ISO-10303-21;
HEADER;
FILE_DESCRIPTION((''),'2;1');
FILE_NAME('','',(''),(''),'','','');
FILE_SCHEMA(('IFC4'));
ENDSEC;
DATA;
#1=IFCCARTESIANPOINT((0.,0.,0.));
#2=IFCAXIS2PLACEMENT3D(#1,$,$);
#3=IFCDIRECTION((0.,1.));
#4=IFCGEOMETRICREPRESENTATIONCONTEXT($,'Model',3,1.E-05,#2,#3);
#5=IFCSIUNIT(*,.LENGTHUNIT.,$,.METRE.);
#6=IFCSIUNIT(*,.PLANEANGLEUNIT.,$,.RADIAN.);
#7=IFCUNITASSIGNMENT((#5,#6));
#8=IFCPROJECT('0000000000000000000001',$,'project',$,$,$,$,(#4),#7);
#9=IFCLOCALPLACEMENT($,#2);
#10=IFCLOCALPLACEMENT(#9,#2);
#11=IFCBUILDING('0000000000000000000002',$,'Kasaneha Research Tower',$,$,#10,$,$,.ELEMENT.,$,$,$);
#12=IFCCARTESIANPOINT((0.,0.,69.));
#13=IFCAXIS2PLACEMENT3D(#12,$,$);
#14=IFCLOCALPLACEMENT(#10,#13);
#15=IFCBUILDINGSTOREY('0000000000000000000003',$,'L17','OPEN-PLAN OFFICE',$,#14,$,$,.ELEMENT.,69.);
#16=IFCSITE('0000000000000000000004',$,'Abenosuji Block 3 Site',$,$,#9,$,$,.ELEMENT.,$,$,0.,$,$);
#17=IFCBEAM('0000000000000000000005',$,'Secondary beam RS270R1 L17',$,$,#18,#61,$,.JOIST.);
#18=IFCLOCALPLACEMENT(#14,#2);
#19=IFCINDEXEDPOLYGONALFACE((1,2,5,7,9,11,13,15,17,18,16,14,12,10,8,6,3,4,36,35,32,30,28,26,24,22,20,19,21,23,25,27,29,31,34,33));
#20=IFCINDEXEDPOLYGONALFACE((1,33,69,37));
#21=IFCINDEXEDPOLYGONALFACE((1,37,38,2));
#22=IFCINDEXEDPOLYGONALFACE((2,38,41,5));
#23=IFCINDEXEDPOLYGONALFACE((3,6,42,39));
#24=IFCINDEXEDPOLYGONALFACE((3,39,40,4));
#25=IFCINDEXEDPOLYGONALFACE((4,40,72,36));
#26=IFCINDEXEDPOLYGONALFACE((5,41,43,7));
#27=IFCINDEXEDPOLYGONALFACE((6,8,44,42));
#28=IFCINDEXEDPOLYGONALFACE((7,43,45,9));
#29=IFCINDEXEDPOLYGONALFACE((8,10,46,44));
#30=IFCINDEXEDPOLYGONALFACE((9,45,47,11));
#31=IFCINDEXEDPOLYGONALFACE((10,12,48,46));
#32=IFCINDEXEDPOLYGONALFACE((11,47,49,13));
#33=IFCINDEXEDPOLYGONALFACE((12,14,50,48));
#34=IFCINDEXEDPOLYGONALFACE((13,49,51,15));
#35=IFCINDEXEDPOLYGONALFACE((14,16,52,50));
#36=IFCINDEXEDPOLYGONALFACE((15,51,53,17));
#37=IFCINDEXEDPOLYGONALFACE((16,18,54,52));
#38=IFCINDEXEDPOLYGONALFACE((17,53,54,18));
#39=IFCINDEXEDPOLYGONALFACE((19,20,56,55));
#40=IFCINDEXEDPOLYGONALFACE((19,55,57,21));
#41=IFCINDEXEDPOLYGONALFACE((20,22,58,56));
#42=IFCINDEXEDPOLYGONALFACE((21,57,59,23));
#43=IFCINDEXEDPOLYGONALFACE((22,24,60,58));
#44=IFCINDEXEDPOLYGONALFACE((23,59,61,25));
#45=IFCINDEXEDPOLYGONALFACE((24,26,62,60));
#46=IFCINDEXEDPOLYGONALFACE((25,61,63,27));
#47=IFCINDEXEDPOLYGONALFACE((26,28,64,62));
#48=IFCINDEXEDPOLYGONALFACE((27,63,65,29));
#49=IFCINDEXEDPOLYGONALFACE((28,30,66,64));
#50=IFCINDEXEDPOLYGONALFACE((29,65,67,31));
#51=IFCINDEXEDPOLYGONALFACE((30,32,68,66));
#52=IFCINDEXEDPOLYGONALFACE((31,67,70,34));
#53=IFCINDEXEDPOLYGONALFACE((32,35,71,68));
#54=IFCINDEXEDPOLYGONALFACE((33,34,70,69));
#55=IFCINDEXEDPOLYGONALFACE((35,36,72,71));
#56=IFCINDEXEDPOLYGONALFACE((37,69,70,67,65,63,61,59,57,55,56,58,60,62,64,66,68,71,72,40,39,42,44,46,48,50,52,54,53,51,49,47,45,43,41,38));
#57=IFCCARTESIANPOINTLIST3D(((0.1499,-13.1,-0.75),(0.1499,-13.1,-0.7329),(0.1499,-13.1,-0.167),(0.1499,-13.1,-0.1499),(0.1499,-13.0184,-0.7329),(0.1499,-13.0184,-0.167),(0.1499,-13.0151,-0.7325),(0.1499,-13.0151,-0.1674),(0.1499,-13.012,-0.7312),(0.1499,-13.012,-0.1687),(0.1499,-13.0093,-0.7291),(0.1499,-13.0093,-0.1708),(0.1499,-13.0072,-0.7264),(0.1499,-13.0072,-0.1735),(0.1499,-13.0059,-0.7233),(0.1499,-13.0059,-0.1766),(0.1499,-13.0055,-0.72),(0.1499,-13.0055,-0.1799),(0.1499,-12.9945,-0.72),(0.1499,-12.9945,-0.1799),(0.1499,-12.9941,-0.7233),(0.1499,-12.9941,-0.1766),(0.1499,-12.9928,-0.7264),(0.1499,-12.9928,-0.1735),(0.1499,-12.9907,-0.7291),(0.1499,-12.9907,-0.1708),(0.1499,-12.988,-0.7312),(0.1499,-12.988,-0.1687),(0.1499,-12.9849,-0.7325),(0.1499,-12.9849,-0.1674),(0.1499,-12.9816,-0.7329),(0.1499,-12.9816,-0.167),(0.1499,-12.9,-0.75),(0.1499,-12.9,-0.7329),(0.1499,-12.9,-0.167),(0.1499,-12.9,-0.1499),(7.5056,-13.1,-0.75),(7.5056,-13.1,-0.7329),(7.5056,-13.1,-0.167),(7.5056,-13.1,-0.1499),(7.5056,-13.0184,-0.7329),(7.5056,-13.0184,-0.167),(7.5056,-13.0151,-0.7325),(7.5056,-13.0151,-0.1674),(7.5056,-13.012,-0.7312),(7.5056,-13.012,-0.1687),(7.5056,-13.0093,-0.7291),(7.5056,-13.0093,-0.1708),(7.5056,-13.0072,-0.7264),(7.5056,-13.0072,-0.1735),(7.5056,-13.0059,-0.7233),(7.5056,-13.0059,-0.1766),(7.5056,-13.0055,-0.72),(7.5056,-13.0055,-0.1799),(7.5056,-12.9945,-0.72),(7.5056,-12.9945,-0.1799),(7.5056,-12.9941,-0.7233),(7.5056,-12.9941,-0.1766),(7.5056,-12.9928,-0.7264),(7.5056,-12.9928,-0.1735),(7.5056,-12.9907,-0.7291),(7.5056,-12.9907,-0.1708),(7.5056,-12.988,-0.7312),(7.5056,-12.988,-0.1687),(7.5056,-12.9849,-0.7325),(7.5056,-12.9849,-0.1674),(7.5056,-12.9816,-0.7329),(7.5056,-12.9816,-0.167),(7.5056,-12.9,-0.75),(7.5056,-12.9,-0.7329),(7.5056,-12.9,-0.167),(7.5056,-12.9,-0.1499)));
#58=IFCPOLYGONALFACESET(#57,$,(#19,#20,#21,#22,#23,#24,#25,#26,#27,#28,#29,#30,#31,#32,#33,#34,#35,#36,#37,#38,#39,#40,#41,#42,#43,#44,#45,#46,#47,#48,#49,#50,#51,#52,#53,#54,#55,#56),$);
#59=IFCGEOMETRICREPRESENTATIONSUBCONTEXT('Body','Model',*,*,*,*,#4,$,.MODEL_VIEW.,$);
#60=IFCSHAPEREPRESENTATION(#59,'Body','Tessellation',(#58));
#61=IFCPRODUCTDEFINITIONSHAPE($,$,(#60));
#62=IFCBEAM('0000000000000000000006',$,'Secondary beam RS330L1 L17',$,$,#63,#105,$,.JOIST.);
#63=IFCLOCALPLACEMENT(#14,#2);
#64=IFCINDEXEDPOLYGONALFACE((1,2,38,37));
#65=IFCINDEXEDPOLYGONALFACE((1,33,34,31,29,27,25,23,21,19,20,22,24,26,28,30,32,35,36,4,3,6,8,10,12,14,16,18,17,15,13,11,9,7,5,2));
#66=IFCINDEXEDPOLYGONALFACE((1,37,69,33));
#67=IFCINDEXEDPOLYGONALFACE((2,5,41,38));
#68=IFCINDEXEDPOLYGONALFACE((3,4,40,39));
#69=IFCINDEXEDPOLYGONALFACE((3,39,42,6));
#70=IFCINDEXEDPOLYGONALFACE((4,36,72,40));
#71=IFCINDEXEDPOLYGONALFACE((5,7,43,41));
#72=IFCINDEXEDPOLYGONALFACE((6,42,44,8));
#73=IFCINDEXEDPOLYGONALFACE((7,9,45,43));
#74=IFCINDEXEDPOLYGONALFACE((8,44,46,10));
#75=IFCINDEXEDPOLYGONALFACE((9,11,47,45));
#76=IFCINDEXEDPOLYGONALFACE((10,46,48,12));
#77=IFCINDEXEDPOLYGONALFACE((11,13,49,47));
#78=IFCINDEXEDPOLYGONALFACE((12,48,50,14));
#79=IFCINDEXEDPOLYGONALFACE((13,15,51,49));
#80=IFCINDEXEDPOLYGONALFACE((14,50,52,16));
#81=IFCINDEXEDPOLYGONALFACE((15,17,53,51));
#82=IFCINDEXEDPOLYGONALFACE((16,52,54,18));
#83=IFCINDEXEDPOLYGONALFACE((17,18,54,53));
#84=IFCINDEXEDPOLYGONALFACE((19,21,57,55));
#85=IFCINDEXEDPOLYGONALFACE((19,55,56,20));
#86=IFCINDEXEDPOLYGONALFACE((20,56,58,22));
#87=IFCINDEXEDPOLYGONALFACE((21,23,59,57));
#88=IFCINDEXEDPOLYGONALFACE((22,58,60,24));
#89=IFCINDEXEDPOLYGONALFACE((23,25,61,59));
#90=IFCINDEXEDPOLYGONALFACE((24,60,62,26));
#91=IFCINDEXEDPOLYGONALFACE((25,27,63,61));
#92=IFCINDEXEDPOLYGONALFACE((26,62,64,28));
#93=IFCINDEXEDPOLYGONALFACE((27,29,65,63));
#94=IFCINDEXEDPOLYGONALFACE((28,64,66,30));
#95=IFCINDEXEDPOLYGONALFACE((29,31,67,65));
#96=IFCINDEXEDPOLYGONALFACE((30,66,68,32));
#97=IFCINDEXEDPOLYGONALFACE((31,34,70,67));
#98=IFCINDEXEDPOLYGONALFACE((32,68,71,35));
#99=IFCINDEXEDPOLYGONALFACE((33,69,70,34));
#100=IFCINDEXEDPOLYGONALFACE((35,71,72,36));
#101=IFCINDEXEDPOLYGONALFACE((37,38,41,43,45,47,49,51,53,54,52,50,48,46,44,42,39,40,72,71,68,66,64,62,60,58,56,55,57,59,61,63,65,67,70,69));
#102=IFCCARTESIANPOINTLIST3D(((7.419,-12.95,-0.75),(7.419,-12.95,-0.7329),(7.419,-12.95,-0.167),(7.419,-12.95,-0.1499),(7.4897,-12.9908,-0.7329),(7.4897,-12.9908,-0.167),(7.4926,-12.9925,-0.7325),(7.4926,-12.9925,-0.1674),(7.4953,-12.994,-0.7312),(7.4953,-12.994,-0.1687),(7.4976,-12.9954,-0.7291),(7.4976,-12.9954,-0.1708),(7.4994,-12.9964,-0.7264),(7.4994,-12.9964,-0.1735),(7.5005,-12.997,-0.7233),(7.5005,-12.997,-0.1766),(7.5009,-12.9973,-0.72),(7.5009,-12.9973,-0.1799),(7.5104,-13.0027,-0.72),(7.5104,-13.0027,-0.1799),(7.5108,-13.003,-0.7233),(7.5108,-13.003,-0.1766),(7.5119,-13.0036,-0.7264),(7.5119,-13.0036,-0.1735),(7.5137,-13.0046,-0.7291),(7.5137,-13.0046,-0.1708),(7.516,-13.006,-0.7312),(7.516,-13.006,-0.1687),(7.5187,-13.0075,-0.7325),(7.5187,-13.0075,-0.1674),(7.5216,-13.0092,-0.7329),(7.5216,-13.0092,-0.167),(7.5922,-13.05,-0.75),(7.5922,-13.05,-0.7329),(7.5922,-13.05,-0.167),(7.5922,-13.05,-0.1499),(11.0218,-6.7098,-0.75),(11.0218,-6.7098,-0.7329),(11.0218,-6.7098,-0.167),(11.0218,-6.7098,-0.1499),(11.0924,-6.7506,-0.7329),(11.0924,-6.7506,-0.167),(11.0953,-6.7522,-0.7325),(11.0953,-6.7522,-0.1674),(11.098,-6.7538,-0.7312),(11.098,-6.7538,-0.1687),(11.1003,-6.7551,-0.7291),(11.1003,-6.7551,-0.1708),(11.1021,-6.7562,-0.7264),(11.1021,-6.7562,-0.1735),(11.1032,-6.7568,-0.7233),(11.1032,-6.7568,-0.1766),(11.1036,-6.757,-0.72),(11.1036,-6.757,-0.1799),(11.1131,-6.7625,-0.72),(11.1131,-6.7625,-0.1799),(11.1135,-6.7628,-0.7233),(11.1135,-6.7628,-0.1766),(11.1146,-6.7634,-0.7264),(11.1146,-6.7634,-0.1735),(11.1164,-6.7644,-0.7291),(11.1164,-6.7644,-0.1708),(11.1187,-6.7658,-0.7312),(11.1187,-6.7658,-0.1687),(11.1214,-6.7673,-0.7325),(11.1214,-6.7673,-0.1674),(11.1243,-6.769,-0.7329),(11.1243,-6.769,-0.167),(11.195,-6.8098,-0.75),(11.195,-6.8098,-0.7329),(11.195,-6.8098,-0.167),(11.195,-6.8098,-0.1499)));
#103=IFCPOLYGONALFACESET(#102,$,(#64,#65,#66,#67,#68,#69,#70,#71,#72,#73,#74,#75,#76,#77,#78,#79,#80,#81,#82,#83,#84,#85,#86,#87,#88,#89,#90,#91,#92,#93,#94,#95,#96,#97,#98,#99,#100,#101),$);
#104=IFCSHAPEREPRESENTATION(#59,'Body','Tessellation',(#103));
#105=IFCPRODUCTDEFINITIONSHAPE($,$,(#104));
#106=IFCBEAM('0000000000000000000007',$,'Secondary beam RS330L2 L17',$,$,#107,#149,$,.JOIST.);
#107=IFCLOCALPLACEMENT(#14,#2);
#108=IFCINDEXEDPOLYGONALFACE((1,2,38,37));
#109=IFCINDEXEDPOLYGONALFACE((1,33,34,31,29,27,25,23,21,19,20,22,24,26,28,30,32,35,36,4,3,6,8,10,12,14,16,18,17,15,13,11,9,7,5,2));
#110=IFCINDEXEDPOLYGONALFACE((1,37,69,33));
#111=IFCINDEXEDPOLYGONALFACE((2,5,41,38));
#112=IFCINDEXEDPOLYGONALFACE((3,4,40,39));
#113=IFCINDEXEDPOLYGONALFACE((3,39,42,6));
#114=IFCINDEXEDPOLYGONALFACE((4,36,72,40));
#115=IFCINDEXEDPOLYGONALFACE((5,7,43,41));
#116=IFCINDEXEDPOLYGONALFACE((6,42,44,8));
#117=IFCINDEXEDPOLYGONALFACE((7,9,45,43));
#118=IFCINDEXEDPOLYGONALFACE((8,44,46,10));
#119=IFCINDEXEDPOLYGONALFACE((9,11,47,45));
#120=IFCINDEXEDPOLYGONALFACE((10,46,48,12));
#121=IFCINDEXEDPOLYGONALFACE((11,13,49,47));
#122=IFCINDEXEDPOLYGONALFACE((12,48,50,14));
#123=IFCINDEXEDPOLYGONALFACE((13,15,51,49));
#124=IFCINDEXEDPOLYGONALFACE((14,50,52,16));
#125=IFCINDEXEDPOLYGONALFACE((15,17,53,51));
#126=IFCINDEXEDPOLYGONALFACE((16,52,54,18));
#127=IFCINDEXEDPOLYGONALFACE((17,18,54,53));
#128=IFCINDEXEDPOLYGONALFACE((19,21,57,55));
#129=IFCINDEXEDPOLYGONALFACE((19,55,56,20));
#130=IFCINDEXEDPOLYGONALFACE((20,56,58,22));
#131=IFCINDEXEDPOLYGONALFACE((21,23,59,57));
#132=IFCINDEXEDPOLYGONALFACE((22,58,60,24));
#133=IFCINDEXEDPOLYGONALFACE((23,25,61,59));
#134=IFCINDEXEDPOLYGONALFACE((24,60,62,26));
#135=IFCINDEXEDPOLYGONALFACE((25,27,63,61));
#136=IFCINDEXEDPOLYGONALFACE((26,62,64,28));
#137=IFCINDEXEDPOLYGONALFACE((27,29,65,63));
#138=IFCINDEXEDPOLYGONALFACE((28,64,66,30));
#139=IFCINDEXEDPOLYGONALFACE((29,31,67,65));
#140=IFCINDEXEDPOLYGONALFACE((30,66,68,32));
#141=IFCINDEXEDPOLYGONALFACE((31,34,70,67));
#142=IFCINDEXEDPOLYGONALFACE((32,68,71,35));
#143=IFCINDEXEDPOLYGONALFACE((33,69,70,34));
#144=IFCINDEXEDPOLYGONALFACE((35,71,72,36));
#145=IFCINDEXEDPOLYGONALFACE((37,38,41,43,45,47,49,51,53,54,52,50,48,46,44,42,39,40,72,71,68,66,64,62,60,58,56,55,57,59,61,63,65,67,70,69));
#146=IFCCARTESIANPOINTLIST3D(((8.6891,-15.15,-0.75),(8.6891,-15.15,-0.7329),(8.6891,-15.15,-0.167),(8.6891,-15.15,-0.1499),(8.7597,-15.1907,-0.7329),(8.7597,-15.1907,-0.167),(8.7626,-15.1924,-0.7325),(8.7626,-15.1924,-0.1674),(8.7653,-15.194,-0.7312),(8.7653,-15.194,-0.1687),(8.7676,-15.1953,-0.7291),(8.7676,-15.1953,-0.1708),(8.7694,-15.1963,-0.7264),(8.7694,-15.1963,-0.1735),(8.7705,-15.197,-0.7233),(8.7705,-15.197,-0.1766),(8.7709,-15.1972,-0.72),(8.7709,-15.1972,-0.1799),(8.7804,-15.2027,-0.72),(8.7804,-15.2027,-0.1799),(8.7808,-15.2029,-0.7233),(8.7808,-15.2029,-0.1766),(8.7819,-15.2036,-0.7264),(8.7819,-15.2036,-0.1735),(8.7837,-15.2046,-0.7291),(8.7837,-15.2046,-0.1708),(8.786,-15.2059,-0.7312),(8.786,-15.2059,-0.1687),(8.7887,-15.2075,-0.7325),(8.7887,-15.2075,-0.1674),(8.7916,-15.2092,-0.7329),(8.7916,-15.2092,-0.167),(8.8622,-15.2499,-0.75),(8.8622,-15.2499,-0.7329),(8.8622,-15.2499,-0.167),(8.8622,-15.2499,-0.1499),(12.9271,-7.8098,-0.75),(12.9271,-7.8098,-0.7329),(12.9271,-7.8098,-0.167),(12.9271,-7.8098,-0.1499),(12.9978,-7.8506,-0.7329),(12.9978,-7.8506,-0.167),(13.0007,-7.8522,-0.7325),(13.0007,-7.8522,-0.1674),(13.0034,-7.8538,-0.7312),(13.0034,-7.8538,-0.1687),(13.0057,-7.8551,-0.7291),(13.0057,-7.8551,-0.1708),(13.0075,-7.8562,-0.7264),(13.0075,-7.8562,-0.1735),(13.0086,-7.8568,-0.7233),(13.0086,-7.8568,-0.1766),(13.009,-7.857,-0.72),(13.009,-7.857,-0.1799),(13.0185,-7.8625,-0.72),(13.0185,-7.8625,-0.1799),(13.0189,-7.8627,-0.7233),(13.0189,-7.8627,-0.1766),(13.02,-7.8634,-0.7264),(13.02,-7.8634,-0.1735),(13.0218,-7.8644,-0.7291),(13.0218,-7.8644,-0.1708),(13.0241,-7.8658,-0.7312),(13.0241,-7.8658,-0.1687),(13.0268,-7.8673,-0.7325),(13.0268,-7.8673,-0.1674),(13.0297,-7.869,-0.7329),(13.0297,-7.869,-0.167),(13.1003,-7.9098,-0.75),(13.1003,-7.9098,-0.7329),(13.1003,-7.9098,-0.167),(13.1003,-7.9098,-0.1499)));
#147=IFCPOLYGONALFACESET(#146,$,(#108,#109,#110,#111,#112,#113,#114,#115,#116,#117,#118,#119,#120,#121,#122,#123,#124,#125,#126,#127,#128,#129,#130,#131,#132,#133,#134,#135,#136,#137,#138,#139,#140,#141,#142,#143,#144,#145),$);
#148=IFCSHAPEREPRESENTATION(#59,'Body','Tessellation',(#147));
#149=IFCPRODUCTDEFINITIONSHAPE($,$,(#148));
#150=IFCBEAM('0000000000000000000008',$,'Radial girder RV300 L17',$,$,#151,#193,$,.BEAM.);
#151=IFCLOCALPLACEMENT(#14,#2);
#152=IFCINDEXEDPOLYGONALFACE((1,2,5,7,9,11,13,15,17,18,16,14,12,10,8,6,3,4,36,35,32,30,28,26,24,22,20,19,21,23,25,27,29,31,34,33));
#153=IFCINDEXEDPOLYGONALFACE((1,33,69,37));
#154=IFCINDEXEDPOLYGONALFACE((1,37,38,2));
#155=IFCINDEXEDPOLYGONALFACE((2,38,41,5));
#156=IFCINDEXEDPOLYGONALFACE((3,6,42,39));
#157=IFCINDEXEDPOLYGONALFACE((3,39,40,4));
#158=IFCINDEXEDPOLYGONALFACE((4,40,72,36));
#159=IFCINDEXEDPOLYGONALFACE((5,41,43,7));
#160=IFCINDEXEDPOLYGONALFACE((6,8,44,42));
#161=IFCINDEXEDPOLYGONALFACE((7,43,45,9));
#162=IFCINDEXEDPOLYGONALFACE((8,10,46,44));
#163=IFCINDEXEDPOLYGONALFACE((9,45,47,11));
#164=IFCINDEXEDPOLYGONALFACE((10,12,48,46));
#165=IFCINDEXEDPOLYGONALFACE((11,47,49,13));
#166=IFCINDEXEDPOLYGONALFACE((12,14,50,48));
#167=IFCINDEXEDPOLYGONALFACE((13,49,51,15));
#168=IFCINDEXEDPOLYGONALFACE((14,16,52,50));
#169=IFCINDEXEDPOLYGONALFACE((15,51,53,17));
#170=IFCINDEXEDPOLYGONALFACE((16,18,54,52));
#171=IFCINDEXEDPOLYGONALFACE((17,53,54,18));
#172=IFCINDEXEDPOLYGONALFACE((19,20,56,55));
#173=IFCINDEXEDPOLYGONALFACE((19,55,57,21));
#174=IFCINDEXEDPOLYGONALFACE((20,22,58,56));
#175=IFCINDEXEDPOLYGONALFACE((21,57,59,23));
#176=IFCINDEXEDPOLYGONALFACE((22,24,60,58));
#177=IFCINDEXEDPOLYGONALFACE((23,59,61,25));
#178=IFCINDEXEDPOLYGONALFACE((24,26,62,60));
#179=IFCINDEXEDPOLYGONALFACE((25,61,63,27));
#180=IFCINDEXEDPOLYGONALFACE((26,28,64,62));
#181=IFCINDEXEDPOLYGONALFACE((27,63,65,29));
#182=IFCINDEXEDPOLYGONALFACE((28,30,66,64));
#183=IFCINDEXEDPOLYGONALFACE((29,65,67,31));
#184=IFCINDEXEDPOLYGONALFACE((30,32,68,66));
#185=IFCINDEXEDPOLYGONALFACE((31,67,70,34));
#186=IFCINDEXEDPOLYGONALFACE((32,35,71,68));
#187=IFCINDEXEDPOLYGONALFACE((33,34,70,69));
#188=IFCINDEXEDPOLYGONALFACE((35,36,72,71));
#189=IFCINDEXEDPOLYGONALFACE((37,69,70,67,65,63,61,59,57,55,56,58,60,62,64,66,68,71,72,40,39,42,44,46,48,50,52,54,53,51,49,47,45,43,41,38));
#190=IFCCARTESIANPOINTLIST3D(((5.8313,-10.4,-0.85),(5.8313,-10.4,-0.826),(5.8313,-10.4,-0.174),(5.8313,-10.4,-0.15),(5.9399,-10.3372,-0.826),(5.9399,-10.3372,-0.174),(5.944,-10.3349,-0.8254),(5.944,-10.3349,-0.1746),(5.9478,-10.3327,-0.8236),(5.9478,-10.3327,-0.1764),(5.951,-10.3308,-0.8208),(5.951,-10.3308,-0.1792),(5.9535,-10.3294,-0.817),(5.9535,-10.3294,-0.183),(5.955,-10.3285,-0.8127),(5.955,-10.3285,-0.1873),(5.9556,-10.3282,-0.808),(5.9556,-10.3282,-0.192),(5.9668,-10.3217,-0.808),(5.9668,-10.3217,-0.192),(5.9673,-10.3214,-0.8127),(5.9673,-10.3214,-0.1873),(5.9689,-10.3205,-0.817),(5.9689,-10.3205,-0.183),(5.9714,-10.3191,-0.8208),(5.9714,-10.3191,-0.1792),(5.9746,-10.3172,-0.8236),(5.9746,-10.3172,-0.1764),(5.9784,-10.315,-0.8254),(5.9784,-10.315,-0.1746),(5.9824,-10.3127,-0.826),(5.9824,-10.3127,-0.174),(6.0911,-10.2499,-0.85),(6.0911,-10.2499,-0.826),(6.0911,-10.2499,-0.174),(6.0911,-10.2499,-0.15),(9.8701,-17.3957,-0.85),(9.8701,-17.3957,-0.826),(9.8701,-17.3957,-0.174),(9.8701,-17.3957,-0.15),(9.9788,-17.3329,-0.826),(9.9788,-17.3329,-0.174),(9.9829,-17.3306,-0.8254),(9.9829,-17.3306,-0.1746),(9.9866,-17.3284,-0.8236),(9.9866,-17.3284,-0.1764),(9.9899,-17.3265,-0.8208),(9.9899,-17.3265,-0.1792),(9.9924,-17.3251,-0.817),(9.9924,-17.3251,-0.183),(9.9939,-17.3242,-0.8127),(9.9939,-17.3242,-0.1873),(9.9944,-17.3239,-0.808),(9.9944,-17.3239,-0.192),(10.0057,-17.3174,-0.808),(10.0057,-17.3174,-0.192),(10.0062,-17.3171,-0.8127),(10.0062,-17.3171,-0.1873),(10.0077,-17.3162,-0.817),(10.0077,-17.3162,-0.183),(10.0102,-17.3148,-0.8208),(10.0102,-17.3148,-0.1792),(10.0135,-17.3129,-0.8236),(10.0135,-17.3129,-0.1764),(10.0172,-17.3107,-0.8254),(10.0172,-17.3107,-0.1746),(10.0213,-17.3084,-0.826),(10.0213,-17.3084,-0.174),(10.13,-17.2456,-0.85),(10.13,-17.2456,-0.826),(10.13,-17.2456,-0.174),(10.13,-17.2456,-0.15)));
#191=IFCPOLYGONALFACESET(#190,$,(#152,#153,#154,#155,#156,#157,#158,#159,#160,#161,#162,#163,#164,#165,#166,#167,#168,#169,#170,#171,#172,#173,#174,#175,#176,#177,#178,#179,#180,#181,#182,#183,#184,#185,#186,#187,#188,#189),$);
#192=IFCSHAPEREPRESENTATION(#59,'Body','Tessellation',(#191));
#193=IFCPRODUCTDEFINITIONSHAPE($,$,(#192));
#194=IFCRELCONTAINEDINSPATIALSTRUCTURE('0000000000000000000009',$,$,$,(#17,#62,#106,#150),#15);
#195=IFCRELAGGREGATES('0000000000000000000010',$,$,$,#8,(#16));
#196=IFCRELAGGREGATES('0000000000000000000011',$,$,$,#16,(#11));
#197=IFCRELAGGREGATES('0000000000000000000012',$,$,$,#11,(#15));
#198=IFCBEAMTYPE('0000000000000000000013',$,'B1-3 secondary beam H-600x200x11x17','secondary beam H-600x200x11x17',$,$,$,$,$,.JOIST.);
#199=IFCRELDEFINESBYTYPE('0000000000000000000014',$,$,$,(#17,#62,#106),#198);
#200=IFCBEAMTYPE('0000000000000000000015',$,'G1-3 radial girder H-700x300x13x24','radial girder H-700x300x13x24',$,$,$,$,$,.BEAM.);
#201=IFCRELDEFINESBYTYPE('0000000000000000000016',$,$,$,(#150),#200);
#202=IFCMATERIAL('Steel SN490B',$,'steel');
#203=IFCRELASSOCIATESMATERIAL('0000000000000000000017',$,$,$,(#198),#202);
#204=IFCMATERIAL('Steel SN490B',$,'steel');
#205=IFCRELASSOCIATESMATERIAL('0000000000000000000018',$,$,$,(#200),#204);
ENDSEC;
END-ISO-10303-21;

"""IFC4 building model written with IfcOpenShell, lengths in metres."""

from ifc_helpers import new_model, si_unit, direction, frame, origin, origin_2d, place, context, subcontext, project, spatial, i_section, extrude, material, material_profile, profile_set, type_object, element, save


model = new_model("IFC4")

# Units and contexts
model_context = context("Model", 3, precision=1e-05, world=origin(), true_north=direction((0.0, 1.0)))
body_context = subcontext(model_context, "Body", "Model", "MODEL_VIEW")
ifc_project = project(units=[si_unit("LENGTHUNIT", "METRE"), si_unit("PLANEANGLEUNIT", "RADIAN")], contexts=[model_context])

# Site, building, storey
site_placement = place(None, origin())
site = spatial("IfcSite", under=ifc_project, at=site_placement, Name="Abenosuji Block 3 Site", CompositionType="ELEMENT", RefElevation=0.0)
building_placement = place(site_placement, origin())
building = spatial("IfcBuilding", under=site, at=building_placement, Name="Kasaneha Research Tower", CompositionType="ELEMENT")
storey_placement = place(building_placement, frame((0.0, 0.0, 69.0)))
storey = spatial("IfcBuildingStorey", under=building, at=storey_placement, Name="L17", Description="OPEN-PLAN OFFICE", CompositionType="ELEMENT", Elevation=69.0)

# Beams
ifc_material_1 = material(Name="Steel SN490B", Category="steel")
ifc_material_profile_1 = material_profile(ifc_material_1, i_section(OverallWidth=0.2, OverallDepth=0.6001, WebThickness=0.011, FlangeThickness=0.0171, FilletRadius=0.0129, at=origin_2d()), Name="H-600x200x11x17")
ifc_profile_set_1 = profile_set([ifc_material_profile_1], Name="Steel SN490B")
beam_type_1 = type_object("IfcBeamType", Name="B1-3 secondary beam H-600x200x11x17", Description="secondary beam H-600x200x11x17", PredefinedType="JOIST", material=ifc_profile_set_1)
beam_1_placement = place(storey_placement, frame((7.5056, -13.0, -0.45), z_axis=(-1.0, 0.0, 0.0), x_axis=(0.0, -1.0, 0.0)))
element("IfcBeam", 1, at=beam_1_placement, inside=storey, type_object=beam_type_1, Name="Secondary beam RS270R1 L17", PredefinedType="JOIST", context=body_context, shape_type="SweptSolid", body=[
    extrude(i_section(OverallWidth=0.2, OverallDepth=0.6001, WebThickness=0.011, FlangeThickness=0.0171, FilletRadius=0.0129, at=origin_2d()), origin(), (0.0, 0.0, 1.0), 7.3557),
])
beam_2_placement = place(storey_placement, frame((7.5056, -13.0, -0.45), z_axis=(0.499998, 0.866026, 0.0), x_axis=(-0.866026, 0.499998, 0.0)))
element("IfcBeam", 2, at=beam_2_placement, inside=storey, type_object=beam_type_1, Name="Secondary beam RS330L1 L17", PredefinedType="JOIST", context=body_context, shape_type="SweptSolid", body=[
    extrude(i_section(OverallWidth=0.2, OverallDepth=0.6001, WebThickness=0.011, FlangeThickness=0.0171, FilletRadius=0.0129, at=origin_2d()), origin(), (0.0, 0.0, 1.0), 7.2056),
])
beam_3_placement = place(storey_placement, frame((8.7756, -15.2, -0.45), z_axis=(0.500021, 0.866013, 0.0), x_axis=(-0.866013, 0.500021, 0.0)))
element("IfcBeam", 3, at=beam_3_placement, inside=storey, type_object=beam_type_1, Name="Secondary beam RS330L2 L17", PredefinedType="JOIST", context=body_context, shape_type="SweptSolid", body=[
    extrude(i_section(OverallWidth=0.2, OverallDepth=0.6001, WebThickness=0.011, FlangeThickness=0.0171, FilletRadius=0.0129, at=origin_2d()), origin(), (0.0, 0.0, 1.0), 8.4758),
])
ifc_material_2 = material(Name="Steel SN490B", Category="steel")
ifc_material_profile_2 = material_profile(ifc_material_2, i_section(OverallWidth=0.3, OverallDepth=0.7, WebThickness=0.0129, FlangeThickness=0.0239, FilletRadius=0.0181, at=origin_2d()), Name="H-700x300x13x24")
ifc_profile_set_2 = profile_set([ifc_material_profile_2], Name="Steel SN490B")
beam_type_2 = type_object("IfcBeamType", Name="G1-3 radial girder H-700x300x13x24", Description="radial girder H-700x300x13x24", PredefinedType="BEAM", material=ifc_profile_set_2)
beam_4_placement = place(storey_placement, frame((5.9612, -10.325, -0.5), z_axis=(0.499991, -0.866031, 0.0), x_axis=(0.866031, 0.499991, 0.0)))
element("IfcBeam", 4, at=beam_4_placement, inside=storey, type_object=beam_type_2, Name="Radial girder RV300 L17", PredefinedType="BEAM", context=body_context, shape_type="SweptSolid", body=[
    extrude(i_section(OverallWidth=0.3, OverallDepth=0.7, WebThickness=0.0129, FlangeThickness=0.0239, FilletRadius=0.0181, at=origin_2d()), origin(), (0.0, 0.0, 1.0), 8.0779),
])

save(model, "model.ifc")
